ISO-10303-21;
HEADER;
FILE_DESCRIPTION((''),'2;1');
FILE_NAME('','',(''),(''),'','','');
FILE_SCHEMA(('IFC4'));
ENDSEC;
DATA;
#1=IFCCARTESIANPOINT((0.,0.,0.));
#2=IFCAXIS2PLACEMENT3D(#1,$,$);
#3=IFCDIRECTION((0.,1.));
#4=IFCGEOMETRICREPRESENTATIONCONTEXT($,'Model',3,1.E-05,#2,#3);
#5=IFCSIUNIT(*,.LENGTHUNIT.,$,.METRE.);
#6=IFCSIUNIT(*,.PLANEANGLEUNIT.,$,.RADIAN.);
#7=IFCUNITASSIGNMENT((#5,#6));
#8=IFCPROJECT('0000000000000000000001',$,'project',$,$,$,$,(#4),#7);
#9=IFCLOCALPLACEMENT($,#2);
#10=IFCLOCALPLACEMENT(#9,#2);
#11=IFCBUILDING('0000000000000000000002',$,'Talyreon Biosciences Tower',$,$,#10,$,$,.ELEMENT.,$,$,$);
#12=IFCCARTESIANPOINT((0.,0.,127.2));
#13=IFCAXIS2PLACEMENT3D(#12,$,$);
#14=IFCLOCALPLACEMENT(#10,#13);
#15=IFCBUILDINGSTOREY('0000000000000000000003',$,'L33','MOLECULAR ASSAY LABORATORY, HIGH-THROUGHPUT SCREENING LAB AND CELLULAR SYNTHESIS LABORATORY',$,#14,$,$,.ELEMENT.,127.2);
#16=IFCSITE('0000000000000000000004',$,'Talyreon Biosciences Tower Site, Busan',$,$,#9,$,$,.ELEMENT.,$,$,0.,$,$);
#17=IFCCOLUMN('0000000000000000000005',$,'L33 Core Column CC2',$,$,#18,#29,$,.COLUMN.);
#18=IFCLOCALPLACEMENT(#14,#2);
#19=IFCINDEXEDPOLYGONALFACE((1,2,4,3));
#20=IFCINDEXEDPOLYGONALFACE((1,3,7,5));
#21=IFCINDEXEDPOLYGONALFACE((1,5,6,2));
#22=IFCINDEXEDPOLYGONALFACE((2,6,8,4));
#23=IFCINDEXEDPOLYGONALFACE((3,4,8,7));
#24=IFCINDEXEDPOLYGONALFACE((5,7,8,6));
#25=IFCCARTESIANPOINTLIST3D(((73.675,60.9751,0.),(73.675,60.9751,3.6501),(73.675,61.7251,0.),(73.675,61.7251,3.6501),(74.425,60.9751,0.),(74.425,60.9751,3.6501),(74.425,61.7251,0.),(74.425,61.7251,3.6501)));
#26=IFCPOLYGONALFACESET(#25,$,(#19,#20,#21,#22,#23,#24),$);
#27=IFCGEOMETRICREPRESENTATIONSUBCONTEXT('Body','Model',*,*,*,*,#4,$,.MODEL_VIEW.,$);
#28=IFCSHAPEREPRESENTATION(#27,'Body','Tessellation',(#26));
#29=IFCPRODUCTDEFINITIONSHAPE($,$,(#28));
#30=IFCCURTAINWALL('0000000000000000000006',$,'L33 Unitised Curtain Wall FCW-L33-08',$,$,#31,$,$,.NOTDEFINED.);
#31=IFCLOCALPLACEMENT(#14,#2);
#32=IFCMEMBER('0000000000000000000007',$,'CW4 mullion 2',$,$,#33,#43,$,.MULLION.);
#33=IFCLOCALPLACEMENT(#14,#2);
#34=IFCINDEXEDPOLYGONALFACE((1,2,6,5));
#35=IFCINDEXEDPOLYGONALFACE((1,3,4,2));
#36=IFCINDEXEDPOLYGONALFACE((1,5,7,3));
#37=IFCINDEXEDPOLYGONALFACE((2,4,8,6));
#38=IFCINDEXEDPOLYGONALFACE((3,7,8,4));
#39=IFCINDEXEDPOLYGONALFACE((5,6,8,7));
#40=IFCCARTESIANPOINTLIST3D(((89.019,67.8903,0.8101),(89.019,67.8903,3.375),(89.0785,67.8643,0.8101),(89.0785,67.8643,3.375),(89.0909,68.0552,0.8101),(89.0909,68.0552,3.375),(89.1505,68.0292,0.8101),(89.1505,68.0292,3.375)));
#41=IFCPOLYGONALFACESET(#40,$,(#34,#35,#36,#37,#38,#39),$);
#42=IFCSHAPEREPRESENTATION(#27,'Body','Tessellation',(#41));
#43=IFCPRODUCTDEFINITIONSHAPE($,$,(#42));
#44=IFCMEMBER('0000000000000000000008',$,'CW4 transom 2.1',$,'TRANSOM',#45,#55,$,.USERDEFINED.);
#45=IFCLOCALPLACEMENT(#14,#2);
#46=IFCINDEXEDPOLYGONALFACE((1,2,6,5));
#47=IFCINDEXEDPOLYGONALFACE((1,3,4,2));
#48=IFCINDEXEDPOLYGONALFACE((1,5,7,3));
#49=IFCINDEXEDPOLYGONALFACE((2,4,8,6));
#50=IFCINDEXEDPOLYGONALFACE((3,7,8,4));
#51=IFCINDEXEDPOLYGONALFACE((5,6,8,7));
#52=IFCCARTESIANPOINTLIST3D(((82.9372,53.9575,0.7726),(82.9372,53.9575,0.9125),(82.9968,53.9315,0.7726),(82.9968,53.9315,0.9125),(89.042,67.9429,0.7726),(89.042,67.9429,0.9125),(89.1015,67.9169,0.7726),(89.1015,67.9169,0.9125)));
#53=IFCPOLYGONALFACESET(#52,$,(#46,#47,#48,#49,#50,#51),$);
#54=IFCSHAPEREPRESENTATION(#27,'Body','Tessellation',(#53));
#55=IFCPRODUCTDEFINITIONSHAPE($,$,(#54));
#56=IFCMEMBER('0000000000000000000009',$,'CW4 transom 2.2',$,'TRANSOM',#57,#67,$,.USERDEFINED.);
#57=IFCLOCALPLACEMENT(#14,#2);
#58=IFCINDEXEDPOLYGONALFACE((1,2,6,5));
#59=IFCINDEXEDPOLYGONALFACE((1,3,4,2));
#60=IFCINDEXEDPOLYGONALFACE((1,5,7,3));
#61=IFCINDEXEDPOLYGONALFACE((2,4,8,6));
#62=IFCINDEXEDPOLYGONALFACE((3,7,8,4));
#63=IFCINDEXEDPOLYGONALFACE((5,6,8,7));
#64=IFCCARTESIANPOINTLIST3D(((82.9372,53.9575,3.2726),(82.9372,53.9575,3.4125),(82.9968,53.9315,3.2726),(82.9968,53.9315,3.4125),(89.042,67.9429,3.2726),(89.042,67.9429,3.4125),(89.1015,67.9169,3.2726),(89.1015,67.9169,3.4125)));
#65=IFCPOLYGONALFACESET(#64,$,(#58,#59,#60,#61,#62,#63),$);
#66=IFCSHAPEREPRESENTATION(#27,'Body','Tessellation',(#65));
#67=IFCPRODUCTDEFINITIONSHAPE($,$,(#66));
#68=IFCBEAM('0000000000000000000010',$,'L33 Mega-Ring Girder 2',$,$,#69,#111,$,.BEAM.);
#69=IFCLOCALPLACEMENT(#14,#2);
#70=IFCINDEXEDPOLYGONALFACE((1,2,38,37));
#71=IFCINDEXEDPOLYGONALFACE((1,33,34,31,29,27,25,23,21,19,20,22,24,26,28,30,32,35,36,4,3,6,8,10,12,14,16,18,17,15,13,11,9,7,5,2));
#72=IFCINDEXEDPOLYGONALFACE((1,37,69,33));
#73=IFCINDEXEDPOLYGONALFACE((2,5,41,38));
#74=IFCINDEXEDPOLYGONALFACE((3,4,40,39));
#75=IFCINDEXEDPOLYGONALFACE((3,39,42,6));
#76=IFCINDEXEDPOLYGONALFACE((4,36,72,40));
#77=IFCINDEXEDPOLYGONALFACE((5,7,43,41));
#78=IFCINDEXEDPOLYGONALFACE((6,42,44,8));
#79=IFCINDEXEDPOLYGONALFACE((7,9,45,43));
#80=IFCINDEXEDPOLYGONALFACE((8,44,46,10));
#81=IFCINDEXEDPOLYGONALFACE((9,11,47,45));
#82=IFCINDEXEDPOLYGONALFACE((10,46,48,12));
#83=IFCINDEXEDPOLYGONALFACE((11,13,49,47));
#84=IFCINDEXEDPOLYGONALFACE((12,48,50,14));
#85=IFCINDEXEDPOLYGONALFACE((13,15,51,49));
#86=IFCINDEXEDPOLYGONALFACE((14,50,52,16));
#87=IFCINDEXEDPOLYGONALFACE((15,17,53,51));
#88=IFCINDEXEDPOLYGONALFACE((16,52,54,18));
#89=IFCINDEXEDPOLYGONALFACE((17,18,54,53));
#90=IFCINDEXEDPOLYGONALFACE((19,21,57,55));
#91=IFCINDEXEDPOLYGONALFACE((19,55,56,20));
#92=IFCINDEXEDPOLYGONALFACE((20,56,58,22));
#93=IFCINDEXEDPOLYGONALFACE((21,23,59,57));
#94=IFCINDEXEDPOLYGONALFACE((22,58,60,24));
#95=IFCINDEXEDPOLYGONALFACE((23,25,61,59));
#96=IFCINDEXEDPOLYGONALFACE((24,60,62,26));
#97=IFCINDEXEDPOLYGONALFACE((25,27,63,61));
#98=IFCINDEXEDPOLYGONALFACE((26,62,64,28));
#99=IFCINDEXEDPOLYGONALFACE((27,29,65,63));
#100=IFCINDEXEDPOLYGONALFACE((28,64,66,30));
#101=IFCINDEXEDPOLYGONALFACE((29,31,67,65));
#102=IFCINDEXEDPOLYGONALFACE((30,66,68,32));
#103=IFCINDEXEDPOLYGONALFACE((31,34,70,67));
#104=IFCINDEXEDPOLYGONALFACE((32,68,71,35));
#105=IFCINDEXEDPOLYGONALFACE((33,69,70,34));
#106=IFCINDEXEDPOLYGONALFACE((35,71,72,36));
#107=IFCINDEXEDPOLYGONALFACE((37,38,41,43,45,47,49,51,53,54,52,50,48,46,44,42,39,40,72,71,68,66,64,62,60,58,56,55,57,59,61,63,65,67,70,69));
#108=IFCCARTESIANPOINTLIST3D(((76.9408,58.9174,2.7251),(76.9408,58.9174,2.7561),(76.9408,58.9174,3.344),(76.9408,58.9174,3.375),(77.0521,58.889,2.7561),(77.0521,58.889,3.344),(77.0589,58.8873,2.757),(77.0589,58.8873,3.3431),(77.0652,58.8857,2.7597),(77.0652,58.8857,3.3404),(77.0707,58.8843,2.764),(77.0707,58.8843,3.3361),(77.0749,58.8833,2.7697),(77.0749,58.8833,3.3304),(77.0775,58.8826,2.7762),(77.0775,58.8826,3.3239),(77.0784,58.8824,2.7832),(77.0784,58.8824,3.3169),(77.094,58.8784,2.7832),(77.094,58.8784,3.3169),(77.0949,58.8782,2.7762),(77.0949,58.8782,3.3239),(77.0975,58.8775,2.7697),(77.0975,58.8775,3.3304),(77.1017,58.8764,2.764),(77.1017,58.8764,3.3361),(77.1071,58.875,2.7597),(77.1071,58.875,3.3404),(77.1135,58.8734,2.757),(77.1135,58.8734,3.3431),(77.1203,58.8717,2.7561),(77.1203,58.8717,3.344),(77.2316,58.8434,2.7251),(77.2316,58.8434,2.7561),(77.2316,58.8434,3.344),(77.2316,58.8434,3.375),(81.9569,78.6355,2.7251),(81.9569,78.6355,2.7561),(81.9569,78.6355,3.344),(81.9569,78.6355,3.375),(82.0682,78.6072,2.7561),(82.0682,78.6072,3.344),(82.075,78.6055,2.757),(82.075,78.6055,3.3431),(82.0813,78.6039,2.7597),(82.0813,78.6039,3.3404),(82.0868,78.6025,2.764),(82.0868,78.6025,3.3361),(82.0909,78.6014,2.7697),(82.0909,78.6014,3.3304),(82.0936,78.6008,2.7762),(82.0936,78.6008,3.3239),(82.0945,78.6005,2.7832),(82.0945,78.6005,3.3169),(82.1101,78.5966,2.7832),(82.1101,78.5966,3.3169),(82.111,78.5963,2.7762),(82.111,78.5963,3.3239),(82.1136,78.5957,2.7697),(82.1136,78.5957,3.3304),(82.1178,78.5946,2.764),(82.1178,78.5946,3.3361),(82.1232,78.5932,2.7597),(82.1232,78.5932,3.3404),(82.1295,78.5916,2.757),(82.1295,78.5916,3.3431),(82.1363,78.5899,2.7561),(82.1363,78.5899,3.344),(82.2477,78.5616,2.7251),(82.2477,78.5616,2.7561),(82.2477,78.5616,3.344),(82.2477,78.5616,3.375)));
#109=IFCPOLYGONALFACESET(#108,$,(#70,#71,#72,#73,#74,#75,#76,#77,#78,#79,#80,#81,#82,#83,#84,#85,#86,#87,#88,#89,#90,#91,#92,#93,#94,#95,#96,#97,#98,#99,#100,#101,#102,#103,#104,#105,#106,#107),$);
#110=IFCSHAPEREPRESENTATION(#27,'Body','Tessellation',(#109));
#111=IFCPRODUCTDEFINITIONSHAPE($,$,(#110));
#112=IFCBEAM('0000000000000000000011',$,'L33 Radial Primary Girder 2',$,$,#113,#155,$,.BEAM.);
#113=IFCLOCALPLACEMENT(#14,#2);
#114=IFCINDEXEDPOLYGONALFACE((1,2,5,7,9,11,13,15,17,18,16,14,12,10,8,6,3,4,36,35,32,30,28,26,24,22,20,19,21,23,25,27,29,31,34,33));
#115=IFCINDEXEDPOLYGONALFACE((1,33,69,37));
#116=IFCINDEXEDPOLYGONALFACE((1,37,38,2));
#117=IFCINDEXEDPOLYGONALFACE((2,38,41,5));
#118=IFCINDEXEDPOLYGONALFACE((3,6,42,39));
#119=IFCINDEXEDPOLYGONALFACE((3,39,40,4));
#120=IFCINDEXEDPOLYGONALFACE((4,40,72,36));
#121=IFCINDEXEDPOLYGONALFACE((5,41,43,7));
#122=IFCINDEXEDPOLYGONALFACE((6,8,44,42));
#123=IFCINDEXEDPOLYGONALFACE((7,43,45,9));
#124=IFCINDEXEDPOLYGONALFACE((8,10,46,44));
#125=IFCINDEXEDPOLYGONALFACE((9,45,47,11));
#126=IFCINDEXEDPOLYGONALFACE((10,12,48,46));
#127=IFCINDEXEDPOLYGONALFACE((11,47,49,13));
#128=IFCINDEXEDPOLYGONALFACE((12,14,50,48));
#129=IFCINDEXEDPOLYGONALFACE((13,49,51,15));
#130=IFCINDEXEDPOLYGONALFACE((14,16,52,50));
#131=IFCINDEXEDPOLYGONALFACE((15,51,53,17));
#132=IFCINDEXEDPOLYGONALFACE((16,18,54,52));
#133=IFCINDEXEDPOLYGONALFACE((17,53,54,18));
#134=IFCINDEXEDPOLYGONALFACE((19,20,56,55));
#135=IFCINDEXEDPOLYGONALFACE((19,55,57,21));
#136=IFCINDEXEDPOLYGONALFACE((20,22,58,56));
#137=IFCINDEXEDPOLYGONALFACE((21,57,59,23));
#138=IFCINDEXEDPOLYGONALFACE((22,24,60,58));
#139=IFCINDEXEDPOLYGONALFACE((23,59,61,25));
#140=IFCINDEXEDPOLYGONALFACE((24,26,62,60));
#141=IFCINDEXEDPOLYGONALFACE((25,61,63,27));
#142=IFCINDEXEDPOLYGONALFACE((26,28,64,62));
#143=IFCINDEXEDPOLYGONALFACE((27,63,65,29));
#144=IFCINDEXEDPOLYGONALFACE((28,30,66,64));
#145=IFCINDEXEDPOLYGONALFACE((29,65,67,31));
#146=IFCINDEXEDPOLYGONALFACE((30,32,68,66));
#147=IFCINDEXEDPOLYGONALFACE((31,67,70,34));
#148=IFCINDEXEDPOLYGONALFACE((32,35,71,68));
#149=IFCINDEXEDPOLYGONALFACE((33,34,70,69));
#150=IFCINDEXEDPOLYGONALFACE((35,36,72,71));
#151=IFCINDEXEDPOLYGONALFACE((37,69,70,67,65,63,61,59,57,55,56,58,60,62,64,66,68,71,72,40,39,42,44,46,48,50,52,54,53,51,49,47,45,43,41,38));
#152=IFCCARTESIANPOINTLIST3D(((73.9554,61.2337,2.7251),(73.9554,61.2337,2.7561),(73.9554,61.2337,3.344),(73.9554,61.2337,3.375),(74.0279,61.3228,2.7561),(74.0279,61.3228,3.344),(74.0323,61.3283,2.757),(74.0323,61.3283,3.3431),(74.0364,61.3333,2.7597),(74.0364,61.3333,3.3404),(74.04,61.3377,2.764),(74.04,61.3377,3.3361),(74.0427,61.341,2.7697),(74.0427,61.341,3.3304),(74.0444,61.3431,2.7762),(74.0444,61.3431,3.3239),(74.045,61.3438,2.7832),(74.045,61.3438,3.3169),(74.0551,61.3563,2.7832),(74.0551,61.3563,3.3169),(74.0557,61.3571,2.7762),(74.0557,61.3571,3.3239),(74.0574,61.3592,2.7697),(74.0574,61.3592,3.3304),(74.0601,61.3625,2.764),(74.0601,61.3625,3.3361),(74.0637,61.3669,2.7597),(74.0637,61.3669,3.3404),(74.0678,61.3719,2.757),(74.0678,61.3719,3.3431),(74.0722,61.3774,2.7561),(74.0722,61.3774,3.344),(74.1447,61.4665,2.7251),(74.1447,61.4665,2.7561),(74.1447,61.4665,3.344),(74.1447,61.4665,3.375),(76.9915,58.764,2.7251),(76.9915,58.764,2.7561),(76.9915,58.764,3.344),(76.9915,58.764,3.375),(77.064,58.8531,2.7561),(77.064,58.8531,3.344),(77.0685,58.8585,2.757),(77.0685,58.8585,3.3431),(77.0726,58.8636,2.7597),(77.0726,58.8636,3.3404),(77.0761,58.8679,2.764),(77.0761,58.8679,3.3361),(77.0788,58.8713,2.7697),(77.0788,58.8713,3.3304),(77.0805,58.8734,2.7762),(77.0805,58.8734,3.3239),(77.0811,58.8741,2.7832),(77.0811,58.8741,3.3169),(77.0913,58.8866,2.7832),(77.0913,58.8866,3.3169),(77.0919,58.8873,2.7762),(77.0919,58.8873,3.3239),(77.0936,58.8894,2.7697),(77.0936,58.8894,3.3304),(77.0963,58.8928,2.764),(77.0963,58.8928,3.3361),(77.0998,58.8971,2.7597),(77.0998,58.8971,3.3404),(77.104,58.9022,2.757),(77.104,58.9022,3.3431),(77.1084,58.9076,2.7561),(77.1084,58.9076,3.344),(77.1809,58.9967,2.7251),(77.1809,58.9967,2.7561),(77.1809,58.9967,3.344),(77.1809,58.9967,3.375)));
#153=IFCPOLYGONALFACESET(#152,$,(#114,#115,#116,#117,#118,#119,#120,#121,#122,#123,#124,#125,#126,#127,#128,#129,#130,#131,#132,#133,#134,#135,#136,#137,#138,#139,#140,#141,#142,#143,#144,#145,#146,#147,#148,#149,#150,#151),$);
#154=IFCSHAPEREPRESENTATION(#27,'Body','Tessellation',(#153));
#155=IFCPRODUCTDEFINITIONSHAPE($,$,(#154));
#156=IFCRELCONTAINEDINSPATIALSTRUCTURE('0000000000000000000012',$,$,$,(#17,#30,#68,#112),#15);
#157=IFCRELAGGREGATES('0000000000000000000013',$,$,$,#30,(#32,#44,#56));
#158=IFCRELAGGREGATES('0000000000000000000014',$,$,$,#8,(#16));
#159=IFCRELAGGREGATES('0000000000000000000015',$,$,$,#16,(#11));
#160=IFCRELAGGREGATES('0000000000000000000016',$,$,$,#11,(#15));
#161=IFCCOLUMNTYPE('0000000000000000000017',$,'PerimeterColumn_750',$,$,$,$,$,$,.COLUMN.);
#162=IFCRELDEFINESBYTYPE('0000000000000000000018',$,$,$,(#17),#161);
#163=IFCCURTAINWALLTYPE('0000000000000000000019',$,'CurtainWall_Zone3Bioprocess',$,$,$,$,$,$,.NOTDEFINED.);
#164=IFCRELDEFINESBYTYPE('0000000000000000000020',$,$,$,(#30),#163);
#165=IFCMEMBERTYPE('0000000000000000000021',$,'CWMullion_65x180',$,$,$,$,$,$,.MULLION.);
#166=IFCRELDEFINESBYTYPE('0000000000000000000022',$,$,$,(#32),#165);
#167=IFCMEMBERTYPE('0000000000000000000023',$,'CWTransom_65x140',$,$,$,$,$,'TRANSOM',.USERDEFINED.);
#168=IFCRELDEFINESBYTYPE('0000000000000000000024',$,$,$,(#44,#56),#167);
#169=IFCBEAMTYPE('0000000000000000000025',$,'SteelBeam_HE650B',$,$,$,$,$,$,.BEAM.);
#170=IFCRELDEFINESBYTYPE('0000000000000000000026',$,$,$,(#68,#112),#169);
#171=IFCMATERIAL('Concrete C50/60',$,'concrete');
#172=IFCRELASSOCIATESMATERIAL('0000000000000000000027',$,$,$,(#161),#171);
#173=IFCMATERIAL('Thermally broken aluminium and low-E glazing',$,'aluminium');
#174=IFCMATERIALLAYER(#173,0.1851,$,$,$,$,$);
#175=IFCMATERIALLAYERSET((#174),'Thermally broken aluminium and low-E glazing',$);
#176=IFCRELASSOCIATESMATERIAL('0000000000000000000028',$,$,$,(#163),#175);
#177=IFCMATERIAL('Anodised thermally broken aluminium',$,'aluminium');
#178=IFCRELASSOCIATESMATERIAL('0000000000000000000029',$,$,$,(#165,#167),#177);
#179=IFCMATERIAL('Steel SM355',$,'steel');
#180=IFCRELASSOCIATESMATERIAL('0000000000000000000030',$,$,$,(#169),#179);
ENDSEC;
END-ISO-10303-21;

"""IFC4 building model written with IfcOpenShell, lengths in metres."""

from ifc_helpers import new_model, si_unit, direction, frame, origin, origin_2d, place, context, subcontext, project, spatial, rectangle, i_section, extrude, material, layer, layer_set, material_profile, profile_set, type_object, element, aggregate, save


model = new_model("IFC4")

# Units and contexts
model_context = context("Model", 3, precision=1e-05, world=origin(), true_north=direction((0.0, 1.0)))
body_context = subcontext(model_context, "Body", "Model", "MODEL_VIEW")
ifc_project = project(units=[si_unit("LENGTHUNIT", "METRE"), si_unit("PLANEANGLEUNIT", "RADIAN")], contexts=[model_context])

# Site, building, storey
site_placement = place(None, origin())
site = spatial("IfcSite", under=ifc_project, at=site_placement, Name="Talyreon Biosciences Tower Site, Busan", CompositionType="ELEMENT", RefElevation=0.0)
building_placement = place(site_placement, origin())
building = spatial("IfcBuilding", under=site, at=building_placement, Name="Talyreon Biosciences Tower", CompositionType="ELEMENT")
storey_placement = place(building_placement, frame((0.0, 0.0, 127.2)))
storey = spatial("IfcBuildingStorey", under=building, at=storey_placement, Name="L33", Description="MOLECULAR ASSAY LABORATORY, HIGH-THROUGHPUT SCREENING LAB AND CELLULAR SYNTHESIS LABORATORY", CompositionType="ELEMENT", Elevation=127.2)

# Column
ifc_material_1 = material(Name="Concrete C50/60", Category="concrete")
ifc_material_profile_1 = material_profile(ifc_material_1, rectangle(XDim=0.75, YDim=0.75, at=origin_2d()), Name="RC 750x750")
ifc_profile_set_1 = profile_set([ifc_material_profile_1], Name="Concrete C50/60")
column_type = type_object("IfcColumnType", Name="PerimeterColumn_750", PredefinedType="COLUMN", material=ifc_profile_set_1)
column_placement = place(storey_placement, frame((74.05, 61.3501, 0.0), z_axis=(0.0, 0.0, 1.0), x_axis=(1.0, 0.0, 0.0)))
element("IfcColumn", 1, at=column_placement, inside=storey, type_object=column_type, Name="L33 Core Column CC2", PredefinedType="COLUMN", context=body_context, shape_type="SweptSolid", body=[
    extrude(rectangle(XDim=0.75, YDim=0.75, at=origin_2d()), origin(), (0.0, 0.0, 1.0), 3.6501),
])

# Curtain wall, members
ifc_material_2 = material(Name="Thermally broken aluminium and low-E glazing", Category="aluminium")
ifc_layer_1 = layer(ifc_material_2, 0.1851)
ifc_layer_set_1 = layer_set([ifc_layer_1], Name="Thermally broken aluminium and low-E glazing")
curtain_wall_type = type_object("IfcCurtainWallType", Name="CurtainWall_Zone3Bioprocess", PredefinedType="NOTDEFINED", material=ifc_layer_set_1)
curtain_wall_placement = place(storey_placement, origin())
curtain_wall = element("IfcCurtainWall", 2, at=curtain_wall_placement, inside=storey, type_object=curtain_wall_type, Name="L33 Unitised Curtain Wall FCW-L33-08", PredefinedType="NOTDEFINED")
ifc_material_3 = material(Name="Anodised thermally broken aluminium", Category="aluminium")
ifc_material_profile_2 = material_profile(ifc_material_3, rectangle(XDim=0.0649, YDim=0.1799, at=origin_2d()), Name="ALUM MULLION 65x180")
ifc_profile_set_2 = profile_set([ifc_material_profile_2], Name="Anodised thermally broken aluminium")
member_type_1 = type_object("IfcMemberType", Name="CWMullion_65x180", PredefinedType="MULLION", material=ifc_profile_set_2)
member_1_placement = place(storey_placement, frame((89.0847, 67.9597, 0.8101), z_axis=(0.0, 0.0, 1.0), x_axis=(0.91649, -0.400058, 0.0)))
member_1 = element("IfcMember", 3, at=member_1_placement, type_object=member_type_1, Name="CW4 mullion 2", PredefinedType="MULLION", context=body_context, shape_type="SweptSolid", body=[
    extrude(rectangle(XDim=0.0649, YDim=0.1799, at=origin_2d()), origin(), (0.0, 0.0, 1.0), 2.5649),
])
ifc_material_profile_3 = material_profile(ifc_material_3, rectangle(XDim=0.0649, YDim=0.1399, at=origin_2d()), Name="ALUM TRANSOM 65x140")
ifc_profile_set_3 = profile_set([ifc_material_profile_3], Name="Anodised thermally broken aluminium")
member_type_2 = type_object("IfcMemberType", Name="CWTransom_65x140", ElementType="TRANSOM", PredefinedType="USERDEFINED", material=ifc_profile_set_3)
member_2_placement = place(storey_placement, frame((89.0718, 67.9299, 0.8425), z_axis=(-0.400057, -0.91649, 0.0), x_axis=(0.91649, -0.400057, 0.0)))
member_2 = element("IfcMember", 4, at=member_2_placement, type_object=member_type_2, Name="CW4 transom 2.1", ObjectType="TRANSOM", PredefinedType="USERDEFINED", context=body_context, shape_type="SweptSolid", body=[
    extrude(rectangle(XDim=0.0649, YDim=0.1399, at=origin_2d()), origin(), (0.0, 0.0, 1.0), 15.2598),
])
member_3_placement = place(storey_placement, frame((89.0718, 67.9299, 3.3425), z_axis=(-0.400057, -0.91649, 0.0), x_axis=(0.91649, -0.400057, 0.0)))
member_3 = element("IfcMember", 5, at=member_3_placement, type_object=member_type_2, Name="CW4 transom 2.2", ObjectType="TRANSOM", PredefinedType="USERDEFINED", context=body_context, shape_type="SweptSolid", body=[
    extrude(rectangle(XDim=0.0649, YDim=0.1399, at=origin_2d()), origin(), (0.0, 0.0, 1.0), 15.2598),
])

# Beams
ifc_material_4 = material(Name="Steel SM355", Category="steel")
ifc_material_profile_4 = material_profile(ifc_material_4, i_section(OverallWidth=0.3, OverallDepth=0.6499, WebThickness=0.0161, FlangeThickness=0.031, FilletRadius=0.0271, at=origin_2d()), Name="HE650B")
ifc_profile_set_4 = profile_set([ifc_material_profile_4], Name="Steel SM355")
beam_type_1 = type_object("IfcBeamType", Name="SteelBeam_HE650B", PredefinedType="BEAM", material=ifc_profile_set_4)
beam_1_placement = place(storey_placement, frame((77.0862, 58.8804, 3.05), z_axis=(0.246537, 0.969133, 0.0), x_axis=(-0.969133, 0.246537, 0.0)))
element("IfcBeam", 6, at=beam_1_placement, inside=storey, type_object=beam_type_1, Name="L33 Mega-Ring Girder 2", PredefinedType="BEAM", context=body_context, shape_type="SweptSolid", body=[
    extrude(i_section(OverallWidth=0.3, OverallDepth=0.6499, WebThickness=0.0161, FlangeThickness=0.031, FilletRadius=0.0271, at=origin_2d()), origin(), (0.0, 0.0, 1.0), 20.3462),
])
beam_2_placement = place(storey_placement, frame((74.05, 61.3501, 3.05), z_axis=(0.775755, -0.631034, 0.0), x_axis=(0.631034, 0.775755, 0.0)))
element("IfcBeam", 7, at=beam_2_placement, inside=storey, type_object=beam_type_1, Name="L33 Radial Primary Girder 2", PredefinedType="BEAM", context=body_context, shape_type="SweptSolid", body=[
    extrude(i_section(OverallWidth=0.3, OverallDepth=0.6499, WebThickness=0.0161, FlangeThickness=0.031, FilletRadius=0.0271, at=origin_2d()), origin(), (0.0, 0.0, 1.0), 3.9138),
])

aggregate(curtain_wall, [member_1, member_2, member_3])

save(model, "model.ifc")
